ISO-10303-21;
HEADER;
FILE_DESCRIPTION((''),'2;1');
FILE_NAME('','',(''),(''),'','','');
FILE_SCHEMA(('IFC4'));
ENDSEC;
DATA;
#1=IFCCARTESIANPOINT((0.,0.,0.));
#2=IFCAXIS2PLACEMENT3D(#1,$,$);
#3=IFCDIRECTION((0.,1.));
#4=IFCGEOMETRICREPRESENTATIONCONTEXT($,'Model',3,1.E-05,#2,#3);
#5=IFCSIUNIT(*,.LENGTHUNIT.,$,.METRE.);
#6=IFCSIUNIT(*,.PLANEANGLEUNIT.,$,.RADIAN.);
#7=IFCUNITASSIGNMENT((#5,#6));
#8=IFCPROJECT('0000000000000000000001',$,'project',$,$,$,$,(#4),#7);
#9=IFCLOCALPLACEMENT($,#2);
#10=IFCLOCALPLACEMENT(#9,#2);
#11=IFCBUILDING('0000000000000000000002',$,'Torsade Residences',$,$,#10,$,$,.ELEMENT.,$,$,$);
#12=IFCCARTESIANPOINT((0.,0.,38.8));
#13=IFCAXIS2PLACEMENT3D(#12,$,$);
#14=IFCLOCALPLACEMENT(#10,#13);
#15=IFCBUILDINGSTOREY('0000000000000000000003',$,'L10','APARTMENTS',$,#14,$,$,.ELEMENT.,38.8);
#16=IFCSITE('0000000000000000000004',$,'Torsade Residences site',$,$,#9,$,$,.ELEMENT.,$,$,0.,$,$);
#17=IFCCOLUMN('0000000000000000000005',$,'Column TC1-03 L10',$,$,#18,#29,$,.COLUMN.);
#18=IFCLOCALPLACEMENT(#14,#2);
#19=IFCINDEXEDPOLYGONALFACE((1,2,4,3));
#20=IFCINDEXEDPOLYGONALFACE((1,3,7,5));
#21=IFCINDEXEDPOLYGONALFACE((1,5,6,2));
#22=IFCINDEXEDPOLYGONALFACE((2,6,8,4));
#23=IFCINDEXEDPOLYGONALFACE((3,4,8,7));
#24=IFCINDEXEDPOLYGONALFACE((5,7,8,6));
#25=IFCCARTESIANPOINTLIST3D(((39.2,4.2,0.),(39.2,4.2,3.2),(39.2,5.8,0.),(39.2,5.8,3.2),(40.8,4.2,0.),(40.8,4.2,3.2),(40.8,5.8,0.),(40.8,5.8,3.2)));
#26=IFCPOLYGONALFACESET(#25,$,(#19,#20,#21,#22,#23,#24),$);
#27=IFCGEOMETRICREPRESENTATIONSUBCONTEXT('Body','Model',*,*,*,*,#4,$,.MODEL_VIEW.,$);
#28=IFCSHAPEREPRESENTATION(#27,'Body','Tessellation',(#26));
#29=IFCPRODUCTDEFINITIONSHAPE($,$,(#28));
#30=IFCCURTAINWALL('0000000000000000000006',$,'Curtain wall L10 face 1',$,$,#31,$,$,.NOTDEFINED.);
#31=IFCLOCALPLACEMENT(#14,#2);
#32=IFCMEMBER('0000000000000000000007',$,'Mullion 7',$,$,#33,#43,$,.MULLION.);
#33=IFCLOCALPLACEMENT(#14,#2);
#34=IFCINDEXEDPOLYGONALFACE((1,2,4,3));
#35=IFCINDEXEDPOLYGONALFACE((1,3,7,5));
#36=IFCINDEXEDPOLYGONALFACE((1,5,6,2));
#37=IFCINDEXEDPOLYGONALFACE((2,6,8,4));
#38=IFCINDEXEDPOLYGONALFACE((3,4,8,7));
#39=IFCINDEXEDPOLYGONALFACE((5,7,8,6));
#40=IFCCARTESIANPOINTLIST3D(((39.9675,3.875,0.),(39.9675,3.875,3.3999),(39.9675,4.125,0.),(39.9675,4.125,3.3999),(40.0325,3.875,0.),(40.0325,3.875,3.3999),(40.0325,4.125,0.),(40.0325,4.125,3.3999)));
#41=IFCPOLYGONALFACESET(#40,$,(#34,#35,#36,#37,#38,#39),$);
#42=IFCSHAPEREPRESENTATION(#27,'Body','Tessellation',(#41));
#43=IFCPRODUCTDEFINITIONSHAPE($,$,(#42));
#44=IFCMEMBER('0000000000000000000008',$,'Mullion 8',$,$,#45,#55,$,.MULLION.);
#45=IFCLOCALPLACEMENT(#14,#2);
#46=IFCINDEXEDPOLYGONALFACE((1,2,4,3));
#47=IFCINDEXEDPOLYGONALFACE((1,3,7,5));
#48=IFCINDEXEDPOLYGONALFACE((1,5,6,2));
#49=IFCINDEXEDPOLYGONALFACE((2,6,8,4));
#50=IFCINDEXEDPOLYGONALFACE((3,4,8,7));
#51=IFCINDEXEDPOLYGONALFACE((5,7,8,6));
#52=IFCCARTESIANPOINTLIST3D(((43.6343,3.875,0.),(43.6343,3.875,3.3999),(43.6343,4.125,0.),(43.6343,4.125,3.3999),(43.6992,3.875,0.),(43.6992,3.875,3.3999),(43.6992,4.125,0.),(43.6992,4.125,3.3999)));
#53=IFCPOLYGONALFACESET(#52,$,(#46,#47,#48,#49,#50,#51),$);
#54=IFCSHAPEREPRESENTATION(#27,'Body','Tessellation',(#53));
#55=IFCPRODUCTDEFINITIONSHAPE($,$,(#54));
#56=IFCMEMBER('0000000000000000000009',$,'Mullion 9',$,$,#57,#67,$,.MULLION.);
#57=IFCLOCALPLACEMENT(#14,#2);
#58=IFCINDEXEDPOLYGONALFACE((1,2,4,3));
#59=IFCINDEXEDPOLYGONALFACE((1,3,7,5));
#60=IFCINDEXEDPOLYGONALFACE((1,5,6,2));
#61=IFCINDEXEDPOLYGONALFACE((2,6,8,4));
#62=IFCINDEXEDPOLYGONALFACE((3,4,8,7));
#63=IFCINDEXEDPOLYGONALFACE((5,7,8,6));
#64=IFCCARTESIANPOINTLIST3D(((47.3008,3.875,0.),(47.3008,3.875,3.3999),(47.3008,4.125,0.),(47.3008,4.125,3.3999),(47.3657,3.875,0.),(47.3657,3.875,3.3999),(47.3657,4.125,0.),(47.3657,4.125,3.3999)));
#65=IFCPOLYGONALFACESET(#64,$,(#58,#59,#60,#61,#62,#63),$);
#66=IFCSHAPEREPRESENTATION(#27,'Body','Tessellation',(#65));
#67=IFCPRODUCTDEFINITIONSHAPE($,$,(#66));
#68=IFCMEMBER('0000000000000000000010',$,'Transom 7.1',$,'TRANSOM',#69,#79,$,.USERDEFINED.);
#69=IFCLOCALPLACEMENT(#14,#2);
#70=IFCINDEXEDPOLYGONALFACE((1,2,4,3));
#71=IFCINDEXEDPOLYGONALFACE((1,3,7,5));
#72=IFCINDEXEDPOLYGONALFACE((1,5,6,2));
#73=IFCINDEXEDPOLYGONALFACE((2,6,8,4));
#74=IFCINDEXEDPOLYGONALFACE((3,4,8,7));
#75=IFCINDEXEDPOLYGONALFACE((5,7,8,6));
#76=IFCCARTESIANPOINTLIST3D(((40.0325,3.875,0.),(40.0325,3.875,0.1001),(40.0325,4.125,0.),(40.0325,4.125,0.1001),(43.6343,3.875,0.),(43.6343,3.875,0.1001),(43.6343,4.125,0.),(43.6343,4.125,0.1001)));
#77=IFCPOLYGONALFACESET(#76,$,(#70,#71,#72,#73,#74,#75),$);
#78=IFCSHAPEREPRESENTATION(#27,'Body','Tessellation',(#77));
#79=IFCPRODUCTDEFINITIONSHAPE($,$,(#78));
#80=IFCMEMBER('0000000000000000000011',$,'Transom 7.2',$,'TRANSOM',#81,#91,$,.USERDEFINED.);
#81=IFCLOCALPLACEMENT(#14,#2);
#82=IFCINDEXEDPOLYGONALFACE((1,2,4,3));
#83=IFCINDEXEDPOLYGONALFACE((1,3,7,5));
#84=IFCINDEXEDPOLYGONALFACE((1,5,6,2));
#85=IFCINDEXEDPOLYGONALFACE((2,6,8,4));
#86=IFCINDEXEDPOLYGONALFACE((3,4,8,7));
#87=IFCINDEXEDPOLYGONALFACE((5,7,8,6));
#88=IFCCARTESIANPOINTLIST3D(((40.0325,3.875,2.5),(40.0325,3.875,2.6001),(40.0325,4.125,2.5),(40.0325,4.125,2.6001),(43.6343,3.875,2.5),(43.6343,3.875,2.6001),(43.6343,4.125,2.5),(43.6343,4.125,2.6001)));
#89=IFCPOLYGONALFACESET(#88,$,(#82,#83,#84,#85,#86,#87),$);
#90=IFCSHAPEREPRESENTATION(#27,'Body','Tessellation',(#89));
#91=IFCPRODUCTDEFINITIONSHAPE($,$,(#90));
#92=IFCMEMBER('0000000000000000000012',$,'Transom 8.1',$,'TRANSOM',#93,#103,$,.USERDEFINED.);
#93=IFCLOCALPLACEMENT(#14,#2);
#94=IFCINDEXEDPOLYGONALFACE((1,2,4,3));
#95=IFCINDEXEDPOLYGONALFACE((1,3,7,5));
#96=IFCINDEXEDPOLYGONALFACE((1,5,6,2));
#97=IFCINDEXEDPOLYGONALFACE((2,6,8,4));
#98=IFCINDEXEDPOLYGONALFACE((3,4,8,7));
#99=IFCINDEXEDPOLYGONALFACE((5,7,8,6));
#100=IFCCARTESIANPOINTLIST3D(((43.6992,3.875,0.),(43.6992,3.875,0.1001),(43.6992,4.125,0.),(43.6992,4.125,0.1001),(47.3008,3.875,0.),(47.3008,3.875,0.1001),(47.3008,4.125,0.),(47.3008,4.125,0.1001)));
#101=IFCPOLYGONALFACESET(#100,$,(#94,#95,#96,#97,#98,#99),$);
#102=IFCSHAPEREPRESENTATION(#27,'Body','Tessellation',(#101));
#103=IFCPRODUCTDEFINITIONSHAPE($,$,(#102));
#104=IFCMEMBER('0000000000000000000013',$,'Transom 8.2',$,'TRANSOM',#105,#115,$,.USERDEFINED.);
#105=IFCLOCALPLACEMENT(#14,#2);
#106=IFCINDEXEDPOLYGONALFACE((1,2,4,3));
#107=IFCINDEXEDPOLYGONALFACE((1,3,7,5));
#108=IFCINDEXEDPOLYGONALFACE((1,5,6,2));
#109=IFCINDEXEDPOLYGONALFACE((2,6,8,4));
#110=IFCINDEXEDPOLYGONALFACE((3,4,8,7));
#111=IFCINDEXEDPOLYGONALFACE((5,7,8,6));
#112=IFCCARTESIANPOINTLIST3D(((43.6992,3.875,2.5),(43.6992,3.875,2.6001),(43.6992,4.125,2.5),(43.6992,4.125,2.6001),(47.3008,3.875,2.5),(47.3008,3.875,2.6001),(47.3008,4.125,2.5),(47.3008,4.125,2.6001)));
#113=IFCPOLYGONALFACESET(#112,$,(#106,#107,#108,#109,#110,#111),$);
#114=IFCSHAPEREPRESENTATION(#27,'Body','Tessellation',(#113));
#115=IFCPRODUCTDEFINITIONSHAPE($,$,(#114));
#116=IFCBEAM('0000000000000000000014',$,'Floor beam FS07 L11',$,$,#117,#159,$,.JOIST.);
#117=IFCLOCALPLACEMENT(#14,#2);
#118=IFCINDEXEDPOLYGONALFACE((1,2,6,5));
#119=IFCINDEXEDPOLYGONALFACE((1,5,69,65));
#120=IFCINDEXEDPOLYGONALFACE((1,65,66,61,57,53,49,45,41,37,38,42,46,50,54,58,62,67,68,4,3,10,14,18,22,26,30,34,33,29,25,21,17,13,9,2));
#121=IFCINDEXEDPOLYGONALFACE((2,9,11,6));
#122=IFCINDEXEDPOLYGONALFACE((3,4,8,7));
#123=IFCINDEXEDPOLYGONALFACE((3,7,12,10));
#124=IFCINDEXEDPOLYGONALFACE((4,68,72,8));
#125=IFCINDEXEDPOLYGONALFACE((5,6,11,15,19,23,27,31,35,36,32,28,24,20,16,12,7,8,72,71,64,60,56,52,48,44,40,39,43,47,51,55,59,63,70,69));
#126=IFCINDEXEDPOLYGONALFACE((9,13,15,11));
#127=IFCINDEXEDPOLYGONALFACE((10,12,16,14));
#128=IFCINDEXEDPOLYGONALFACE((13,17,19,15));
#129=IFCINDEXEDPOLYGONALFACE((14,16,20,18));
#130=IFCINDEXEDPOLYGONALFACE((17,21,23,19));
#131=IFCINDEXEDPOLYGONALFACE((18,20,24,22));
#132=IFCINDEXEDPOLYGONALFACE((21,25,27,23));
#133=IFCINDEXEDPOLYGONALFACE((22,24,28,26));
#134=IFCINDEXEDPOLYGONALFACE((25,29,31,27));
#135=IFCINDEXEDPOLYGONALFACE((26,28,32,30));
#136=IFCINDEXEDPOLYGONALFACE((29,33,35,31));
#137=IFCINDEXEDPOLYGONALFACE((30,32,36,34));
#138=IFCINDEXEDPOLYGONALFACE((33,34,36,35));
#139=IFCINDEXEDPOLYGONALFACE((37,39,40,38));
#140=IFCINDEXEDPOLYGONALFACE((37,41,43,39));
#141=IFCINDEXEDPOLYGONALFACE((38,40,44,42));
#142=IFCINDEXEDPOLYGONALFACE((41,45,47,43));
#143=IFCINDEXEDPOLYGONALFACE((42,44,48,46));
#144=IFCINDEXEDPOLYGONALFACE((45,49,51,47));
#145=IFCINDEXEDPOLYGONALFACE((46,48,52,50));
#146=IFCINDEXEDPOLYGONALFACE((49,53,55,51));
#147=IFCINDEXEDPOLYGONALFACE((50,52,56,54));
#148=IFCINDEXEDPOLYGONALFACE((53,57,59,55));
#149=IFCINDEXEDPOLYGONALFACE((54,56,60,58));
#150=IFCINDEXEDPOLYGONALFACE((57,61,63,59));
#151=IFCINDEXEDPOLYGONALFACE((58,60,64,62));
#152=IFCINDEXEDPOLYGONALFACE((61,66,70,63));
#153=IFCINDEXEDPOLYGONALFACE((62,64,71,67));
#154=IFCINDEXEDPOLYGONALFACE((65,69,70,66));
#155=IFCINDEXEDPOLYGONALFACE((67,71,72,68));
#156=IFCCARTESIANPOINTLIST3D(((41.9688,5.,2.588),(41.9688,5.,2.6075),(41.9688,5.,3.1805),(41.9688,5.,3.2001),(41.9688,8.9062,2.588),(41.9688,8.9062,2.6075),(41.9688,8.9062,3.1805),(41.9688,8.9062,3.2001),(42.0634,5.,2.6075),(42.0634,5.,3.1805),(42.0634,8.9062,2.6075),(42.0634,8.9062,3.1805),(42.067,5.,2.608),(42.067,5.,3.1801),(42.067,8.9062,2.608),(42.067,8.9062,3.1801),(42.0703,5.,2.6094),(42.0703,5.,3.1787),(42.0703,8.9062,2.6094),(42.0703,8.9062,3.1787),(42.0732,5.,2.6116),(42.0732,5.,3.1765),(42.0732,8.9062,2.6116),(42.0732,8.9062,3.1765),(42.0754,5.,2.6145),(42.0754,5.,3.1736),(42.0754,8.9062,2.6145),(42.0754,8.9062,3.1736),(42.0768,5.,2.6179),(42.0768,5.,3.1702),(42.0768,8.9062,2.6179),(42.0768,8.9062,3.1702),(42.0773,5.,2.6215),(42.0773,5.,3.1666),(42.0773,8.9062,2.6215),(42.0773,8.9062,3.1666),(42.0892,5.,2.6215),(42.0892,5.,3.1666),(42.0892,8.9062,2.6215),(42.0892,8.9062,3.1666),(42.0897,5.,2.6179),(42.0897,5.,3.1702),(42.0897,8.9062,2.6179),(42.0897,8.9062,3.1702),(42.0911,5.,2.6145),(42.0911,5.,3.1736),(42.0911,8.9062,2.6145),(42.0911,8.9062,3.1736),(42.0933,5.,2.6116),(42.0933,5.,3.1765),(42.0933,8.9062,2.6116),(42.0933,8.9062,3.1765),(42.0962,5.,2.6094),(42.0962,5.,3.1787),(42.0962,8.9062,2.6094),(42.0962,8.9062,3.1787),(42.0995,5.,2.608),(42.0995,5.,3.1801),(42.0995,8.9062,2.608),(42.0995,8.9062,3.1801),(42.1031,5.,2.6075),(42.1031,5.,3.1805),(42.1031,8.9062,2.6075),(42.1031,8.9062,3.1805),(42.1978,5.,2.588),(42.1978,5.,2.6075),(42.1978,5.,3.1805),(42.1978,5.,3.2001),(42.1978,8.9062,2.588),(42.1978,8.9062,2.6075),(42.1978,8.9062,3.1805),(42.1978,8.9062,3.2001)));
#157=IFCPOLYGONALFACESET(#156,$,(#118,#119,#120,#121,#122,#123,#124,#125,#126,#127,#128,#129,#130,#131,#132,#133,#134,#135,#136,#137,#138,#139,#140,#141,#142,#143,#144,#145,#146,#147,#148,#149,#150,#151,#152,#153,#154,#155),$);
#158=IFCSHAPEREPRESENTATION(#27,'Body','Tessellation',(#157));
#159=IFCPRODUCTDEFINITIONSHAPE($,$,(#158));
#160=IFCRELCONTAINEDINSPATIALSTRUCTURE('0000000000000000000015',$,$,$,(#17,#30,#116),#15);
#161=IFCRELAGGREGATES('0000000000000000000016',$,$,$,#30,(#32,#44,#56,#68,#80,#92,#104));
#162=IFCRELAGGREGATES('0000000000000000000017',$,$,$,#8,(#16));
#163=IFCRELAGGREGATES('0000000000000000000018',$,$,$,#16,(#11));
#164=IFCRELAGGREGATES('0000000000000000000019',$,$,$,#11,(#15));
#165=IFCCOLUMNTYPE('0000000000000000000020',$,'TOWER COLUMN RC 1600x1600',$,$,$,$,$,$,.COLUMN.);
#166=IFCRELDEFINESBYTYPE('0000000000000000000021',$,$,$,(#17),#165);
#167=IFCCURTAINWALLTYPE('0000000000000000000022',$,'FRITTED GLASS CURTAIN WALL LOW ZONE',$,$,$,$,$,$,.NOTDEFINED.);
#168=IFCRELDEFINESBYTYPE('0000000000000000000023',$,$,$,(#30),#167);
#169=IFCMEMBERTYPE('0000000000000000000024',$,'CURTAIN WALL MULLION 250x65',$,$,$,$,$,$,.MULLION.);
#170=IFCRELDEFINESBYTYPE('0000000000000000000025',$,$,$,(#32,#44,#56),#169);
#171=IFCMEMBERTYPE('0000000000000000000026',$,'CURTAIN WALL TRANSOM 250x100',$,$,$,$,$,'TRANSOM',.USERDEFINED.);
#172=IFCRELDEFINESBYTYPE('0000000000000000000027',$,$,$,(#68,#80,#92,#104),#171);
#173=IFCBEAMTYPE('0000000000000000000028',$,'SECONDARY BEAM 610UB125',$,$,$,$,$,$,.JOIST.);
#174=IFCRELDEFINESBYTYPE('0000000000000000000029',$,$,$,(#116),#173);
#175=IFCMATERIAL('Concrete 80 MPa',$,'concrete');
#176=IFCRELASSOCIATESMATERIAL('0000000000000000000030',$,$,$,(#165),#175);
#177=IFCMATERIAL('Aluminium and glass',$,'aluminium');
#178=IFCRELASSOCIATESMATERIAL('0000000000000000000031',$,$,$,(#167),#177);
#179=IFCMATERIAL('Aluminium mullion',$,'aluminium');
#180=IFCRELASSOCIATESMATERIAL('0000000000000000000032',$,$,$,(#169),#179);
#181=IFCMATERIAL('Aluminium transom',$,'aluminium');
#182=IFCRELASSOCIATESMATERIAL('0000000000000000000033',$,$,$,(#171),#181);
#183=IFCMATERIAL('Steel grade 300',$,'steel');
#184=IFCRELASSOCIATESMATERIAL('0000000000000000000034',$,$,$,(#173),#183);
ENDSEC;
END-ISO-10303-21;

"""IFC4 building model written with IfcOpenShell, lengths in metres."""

from ifc_helpers import new_model, si_unit, direction, frame, origin, origin_2d, place, context, subcontext, project, spatial, rectangle, i_section, extrude, material, material_profile, profile_set, type_object, element, aggregate, save


model = new_model("IFC4")

# Units and contexts
model_context = context("Model", 3, precision=1e-05, world=origin(), true_north=direction((0.0, 1.0)))
body_context = subcontext(model_context, "Body", "Model", "MODEL_VIEW")
ifc_project = project(units=[si_unit("LENGTHUNIT", "METRE"), si_unit("PLANEANGLEUNIT", "RADIAN")], contexts=[model_context])

# Site, building, storey
site_placement = place(None, origin())
site = spatial("IfcSite", under=ifc_project, at=site_placement, Name="Torsade Residences site", CompositionType="ELEMENT", RefElevation=0.0)
building_placement = place(site_placement, origin())
building = spatial("IfcBuilding", under=site, at=building_placement, Name="Torsade Residences", CompositionType="ELEMENT")
storey_placement = place(building_placement, frame((0.0, 0.0, 38.8)))
storey = spatial("IfcBuildingStorey", under=building, at=storey_placement, Name="L10", Description="APARTMENTS", CompositionType="ELEMENT", Elevation=38.8)

# Column
ifc_material_1 = material(Name="Concrete 80 MPa", Category="concrete")
ifc_material_profile_1 = material_profile(ifc_material_1, rectangle(XDim=1.6001, YDim=1.6001, at=origin_2d()), Name="RC 1600x1600")
ifc_profile_set_1 = profile_set([ifc_material_profile_1], Name="Concrete 80 MPa")
column_type = type_object("IfcColumnType", Name="TOWER COLUMN RC 1600x1600", PredefinedType="COLUMN", material=ifc_profile_set_1)
column_placement = place(storey_placement, frame((40.0, 5.0, 0.0), z_axis=(0.0, 0.0, 1.0), x_axis=(1.0, 0.0, 0.0)))
element("IfcColumn", 1, at=column_placement, inside=storey, type_object=column_type, Name="Column TC1-03 L10", PredefinedType="COLUMN", context=body_context, shape_type="SweptSolid", body=[
    extrude(rectangle(XDim=1.6001, YDim=1.6001, at=origin_2d()), origin(), (0.0, 0.0, 1.0), 3.2),
])

# Curtain wall, members
ifc_material_2 = material(Name="Aluminium and glass", Category="aluminium")
curtain_wall_type = type_object("IfcCurtainWallType", Name="FRITTED GLASS CURTAIN WALL LOW ZONE", PredefinedType="NOTDEFINED", material=ifc_material_2)
curtain_wall_placement = place(storey_placement, origin())
curtain_wall = element("IfcCurtainWall", 2, at=curtain_wall_placement, inside=storey, type_object=curtain_wall_type, Name="Curtain wall L10 face 1", PredefinedType="NOTDEFINED")
ifc_material_3 = material(Name="Aluminium mullion", Category="aluminium")
ifc_material_profile_2 = material_profile(ifc_material_3, rectangle(XDim=0.25, YDim=0.0649, at=origin_2d()), Name="CURTAIN WALL MULLION 250x65")
ifc_profile_set_2 = profile_set([ifc_material_profile_2], Name="Aluminium mullion")
member_type_1 = type_object("IfcMemberType", Name="CURTAIN WALL MULLION 250x65", PredefinedType="MULLION", material=ifc_profile_set_2)
member_1_placement = place(storey_placement, frame((40.0, 4.0, 0.0), z_axis=(0.0, 0.0, 1.0), x_axis=(0.0, 1.0, 0.0)))
member_1 = element("IfcMember", 3, at=member_1_placement, type_object=member_type_1, Name="Mullion 7", PredefinedType="MULLION", context=body_context, shape_type="SweptSolid", body=[
    extrude(rectangle(XDim=0.25, YDim=0.0649, at=origin_2d()), origin(), (0.0, 0.0, 1.0), 3.3999),
])
member_2_placement = place(storey_placement, frame((43.6667, 4.0, 0.0), z_axis=(0.0, 0.0, 1.0), x_axis=(0.0, 1.0, 0.0)))
member_2 = element("IfcMember", 4, at=member_2_placement, type_object=member_type_1, Name="Mullion 8", PredefinedType="MULLION", context=body_context, shape_type="SweptSolid", body=[
    extrude(rectangle(XDim=0.25, YDim=0.0649, at=origin_2d()), origin(), (0.0, 0.0, 1.0), 3.3999),
])
member_3_placement = place(storey_placement, frame((47.3333, 4.0, 0.0), z_axis=(0.0, 0.0, 1.0), x_axis=(0.0, 1.0, 0.0)))
member_3 = element("IfcMember", 5, at=member_3_placement, type_object=member_type_1, Name="Mullion 9", PredefinedType="MULLION", context=body_context, shape_type="SweptSolid", body=[
    extrude(rectangle(XDim=0.25, YDim=0.0649, at=origin_2d()), origin(), (0.0, 0.0, 1.0), 3.3999),
])
ifc_material_4 = material(Name="Aluminium transom", Category="aluminium")
ifc_material_profile_3 = material_profile(ifc_material_4, rectangle(XDim=0.25, YDim=0.1001, at=origin_2d()), Name="CURTAIN WALL TRANSOM 250x100")
ifc_profile_set_3 = profile_set([ifc_material_profile_3], Name="Aluminium transom")
member_type_2 = type_object("IfcMemberType", Name="CURTAIN WALL TRANSOM 250x100", ElementType="TRANSOM", PredefinedType="USERDEFINED", material=ifc_profile_set_3)
member_4_placement = place(storey_placement, frame((40.0325, 4.0, 0.05), z_axis=(1.0, 0.0, 0.0), x_axis=(0.0, 1.0, 0.0)))
member_4 = element("IfcMember", 6, at=member_4_placement, type_object=member_type_2, Name="Transom 7.1", ObjectType="TRANSOM", PredefinedType="USERDEFINED", context=body_context, shape_type="SweptSolid", body=[
    extrude(rectangle(XDim=0.25, YDim=0.1001, at=origin_2d()), origin(), (0.0, 0.0, 1.0), 3.6018),
])
member_5_placement = place(storey_placement, frame((40.0325, 4.0, 2.55), z_axis=(1.0, 0.0, 0.0), x_axis=(0.0, 1.0, 0.0)))
member_5 = element("IfcMember", 7, at=member_5_placement, type_object=member_type_2, Name="Transom 7.2", ObjectType="TRANSOM", PredefinedType="USERDEFINED", context=body_context, shape_type="SweptSolid", body=[
    extrude(rectangle(XDim=0.25, YDim=0.1001, at=origin_2d()), origin(), (0.0, 0.0, 1.0), 3.6018),
])
member_6_placement = place(storey_placement, frame((43.6992, 4.0, 0.05), z_axis=(1.0, 0.0, 0.0), x_axis=(0.0, 1.0, 0.0)))
member_6 = element("IfcMember", 8, at=member_6_placement, type_object=member_type_2, Name="Transom 8.1", ObjectType="TRANSOM", PredefinedType="USERDEFINED", context=body_context, shape_type="SweptSolid", body=[
    extrude(rectangle(XDim=0.25, YDim=0.1001, at=origin_2d()), origin(), (0.0, 0.0, 1.0), 3.6016),
])
member_7_placement = place(storey_placement, frame((43.6992, 4.0, 2.55), z_axis=(1.0, 0.0, 0.0), x_axis=(0.0, 1.0, 0.0)))
member_7 = element("IfcMember", 9, at=member_7_placement, type_object=member_type_2, Name="Transom 8.2", ObjectType="TRANSOM", PredefinedType="USERDEFINED", context=body_context, shape_type="SweptSolid", body=[
    extrude(rectangle(XDim=0.25, YDim=0.1001, at=origin_2d()), origin(), (0.0, 0.0, 1.0), 3.6016),
])

# Beam
ifc_material_5 = material(Name="Steel grade 300", Category="steel")
ifc_material_profile_4 = material_profile(ifc_material_5, i_section(OverallWidth=0.229, OverallDepth=0.6121, WebThickness=0.012, FlangeThickness=0.0195, FilletRadius=0.0139, at=origin_2d()), Name="610UB125")
ifc_profile_set_4 = profile_set([ifc_material_profile_4], Name="Steel grade 300")
beam_type_1 = type_object("IfcBeamType", Name="SECONDARY BEAM 610UB125", PredefinedType="JOIST", material=ifc_profile_set_4)
beam_1_placement = place(storey_placement, frame((42.0833, 5.0, 2.894), z_axis=(0.0, 1.0, 0.0), x_axis=(-1.0, 0.0, 0.0)))
element("IfcBeam", 10, at=beam_1_placement, inside=storey, type_object=beam_type_1, Name="Floor beam FS07 L11", PredefinedType="JOIST", context=body_context, shape_type="SweptSolid", body=[
    extrude(i_section(OverallWidth=0.229, OverallDepth=0.6121, WebThickness=0.012, FlangeThickness=0.0195, FilletRadius=0.0139, at=origin_2d()), origin(), (0.0, 0.0, 1.0), 3.9062),
])

aggregate(curtain_wall, [member_1, member_2, member_3, member_4, member_5, member_6, member_7])

save(model, "model.ifc")
